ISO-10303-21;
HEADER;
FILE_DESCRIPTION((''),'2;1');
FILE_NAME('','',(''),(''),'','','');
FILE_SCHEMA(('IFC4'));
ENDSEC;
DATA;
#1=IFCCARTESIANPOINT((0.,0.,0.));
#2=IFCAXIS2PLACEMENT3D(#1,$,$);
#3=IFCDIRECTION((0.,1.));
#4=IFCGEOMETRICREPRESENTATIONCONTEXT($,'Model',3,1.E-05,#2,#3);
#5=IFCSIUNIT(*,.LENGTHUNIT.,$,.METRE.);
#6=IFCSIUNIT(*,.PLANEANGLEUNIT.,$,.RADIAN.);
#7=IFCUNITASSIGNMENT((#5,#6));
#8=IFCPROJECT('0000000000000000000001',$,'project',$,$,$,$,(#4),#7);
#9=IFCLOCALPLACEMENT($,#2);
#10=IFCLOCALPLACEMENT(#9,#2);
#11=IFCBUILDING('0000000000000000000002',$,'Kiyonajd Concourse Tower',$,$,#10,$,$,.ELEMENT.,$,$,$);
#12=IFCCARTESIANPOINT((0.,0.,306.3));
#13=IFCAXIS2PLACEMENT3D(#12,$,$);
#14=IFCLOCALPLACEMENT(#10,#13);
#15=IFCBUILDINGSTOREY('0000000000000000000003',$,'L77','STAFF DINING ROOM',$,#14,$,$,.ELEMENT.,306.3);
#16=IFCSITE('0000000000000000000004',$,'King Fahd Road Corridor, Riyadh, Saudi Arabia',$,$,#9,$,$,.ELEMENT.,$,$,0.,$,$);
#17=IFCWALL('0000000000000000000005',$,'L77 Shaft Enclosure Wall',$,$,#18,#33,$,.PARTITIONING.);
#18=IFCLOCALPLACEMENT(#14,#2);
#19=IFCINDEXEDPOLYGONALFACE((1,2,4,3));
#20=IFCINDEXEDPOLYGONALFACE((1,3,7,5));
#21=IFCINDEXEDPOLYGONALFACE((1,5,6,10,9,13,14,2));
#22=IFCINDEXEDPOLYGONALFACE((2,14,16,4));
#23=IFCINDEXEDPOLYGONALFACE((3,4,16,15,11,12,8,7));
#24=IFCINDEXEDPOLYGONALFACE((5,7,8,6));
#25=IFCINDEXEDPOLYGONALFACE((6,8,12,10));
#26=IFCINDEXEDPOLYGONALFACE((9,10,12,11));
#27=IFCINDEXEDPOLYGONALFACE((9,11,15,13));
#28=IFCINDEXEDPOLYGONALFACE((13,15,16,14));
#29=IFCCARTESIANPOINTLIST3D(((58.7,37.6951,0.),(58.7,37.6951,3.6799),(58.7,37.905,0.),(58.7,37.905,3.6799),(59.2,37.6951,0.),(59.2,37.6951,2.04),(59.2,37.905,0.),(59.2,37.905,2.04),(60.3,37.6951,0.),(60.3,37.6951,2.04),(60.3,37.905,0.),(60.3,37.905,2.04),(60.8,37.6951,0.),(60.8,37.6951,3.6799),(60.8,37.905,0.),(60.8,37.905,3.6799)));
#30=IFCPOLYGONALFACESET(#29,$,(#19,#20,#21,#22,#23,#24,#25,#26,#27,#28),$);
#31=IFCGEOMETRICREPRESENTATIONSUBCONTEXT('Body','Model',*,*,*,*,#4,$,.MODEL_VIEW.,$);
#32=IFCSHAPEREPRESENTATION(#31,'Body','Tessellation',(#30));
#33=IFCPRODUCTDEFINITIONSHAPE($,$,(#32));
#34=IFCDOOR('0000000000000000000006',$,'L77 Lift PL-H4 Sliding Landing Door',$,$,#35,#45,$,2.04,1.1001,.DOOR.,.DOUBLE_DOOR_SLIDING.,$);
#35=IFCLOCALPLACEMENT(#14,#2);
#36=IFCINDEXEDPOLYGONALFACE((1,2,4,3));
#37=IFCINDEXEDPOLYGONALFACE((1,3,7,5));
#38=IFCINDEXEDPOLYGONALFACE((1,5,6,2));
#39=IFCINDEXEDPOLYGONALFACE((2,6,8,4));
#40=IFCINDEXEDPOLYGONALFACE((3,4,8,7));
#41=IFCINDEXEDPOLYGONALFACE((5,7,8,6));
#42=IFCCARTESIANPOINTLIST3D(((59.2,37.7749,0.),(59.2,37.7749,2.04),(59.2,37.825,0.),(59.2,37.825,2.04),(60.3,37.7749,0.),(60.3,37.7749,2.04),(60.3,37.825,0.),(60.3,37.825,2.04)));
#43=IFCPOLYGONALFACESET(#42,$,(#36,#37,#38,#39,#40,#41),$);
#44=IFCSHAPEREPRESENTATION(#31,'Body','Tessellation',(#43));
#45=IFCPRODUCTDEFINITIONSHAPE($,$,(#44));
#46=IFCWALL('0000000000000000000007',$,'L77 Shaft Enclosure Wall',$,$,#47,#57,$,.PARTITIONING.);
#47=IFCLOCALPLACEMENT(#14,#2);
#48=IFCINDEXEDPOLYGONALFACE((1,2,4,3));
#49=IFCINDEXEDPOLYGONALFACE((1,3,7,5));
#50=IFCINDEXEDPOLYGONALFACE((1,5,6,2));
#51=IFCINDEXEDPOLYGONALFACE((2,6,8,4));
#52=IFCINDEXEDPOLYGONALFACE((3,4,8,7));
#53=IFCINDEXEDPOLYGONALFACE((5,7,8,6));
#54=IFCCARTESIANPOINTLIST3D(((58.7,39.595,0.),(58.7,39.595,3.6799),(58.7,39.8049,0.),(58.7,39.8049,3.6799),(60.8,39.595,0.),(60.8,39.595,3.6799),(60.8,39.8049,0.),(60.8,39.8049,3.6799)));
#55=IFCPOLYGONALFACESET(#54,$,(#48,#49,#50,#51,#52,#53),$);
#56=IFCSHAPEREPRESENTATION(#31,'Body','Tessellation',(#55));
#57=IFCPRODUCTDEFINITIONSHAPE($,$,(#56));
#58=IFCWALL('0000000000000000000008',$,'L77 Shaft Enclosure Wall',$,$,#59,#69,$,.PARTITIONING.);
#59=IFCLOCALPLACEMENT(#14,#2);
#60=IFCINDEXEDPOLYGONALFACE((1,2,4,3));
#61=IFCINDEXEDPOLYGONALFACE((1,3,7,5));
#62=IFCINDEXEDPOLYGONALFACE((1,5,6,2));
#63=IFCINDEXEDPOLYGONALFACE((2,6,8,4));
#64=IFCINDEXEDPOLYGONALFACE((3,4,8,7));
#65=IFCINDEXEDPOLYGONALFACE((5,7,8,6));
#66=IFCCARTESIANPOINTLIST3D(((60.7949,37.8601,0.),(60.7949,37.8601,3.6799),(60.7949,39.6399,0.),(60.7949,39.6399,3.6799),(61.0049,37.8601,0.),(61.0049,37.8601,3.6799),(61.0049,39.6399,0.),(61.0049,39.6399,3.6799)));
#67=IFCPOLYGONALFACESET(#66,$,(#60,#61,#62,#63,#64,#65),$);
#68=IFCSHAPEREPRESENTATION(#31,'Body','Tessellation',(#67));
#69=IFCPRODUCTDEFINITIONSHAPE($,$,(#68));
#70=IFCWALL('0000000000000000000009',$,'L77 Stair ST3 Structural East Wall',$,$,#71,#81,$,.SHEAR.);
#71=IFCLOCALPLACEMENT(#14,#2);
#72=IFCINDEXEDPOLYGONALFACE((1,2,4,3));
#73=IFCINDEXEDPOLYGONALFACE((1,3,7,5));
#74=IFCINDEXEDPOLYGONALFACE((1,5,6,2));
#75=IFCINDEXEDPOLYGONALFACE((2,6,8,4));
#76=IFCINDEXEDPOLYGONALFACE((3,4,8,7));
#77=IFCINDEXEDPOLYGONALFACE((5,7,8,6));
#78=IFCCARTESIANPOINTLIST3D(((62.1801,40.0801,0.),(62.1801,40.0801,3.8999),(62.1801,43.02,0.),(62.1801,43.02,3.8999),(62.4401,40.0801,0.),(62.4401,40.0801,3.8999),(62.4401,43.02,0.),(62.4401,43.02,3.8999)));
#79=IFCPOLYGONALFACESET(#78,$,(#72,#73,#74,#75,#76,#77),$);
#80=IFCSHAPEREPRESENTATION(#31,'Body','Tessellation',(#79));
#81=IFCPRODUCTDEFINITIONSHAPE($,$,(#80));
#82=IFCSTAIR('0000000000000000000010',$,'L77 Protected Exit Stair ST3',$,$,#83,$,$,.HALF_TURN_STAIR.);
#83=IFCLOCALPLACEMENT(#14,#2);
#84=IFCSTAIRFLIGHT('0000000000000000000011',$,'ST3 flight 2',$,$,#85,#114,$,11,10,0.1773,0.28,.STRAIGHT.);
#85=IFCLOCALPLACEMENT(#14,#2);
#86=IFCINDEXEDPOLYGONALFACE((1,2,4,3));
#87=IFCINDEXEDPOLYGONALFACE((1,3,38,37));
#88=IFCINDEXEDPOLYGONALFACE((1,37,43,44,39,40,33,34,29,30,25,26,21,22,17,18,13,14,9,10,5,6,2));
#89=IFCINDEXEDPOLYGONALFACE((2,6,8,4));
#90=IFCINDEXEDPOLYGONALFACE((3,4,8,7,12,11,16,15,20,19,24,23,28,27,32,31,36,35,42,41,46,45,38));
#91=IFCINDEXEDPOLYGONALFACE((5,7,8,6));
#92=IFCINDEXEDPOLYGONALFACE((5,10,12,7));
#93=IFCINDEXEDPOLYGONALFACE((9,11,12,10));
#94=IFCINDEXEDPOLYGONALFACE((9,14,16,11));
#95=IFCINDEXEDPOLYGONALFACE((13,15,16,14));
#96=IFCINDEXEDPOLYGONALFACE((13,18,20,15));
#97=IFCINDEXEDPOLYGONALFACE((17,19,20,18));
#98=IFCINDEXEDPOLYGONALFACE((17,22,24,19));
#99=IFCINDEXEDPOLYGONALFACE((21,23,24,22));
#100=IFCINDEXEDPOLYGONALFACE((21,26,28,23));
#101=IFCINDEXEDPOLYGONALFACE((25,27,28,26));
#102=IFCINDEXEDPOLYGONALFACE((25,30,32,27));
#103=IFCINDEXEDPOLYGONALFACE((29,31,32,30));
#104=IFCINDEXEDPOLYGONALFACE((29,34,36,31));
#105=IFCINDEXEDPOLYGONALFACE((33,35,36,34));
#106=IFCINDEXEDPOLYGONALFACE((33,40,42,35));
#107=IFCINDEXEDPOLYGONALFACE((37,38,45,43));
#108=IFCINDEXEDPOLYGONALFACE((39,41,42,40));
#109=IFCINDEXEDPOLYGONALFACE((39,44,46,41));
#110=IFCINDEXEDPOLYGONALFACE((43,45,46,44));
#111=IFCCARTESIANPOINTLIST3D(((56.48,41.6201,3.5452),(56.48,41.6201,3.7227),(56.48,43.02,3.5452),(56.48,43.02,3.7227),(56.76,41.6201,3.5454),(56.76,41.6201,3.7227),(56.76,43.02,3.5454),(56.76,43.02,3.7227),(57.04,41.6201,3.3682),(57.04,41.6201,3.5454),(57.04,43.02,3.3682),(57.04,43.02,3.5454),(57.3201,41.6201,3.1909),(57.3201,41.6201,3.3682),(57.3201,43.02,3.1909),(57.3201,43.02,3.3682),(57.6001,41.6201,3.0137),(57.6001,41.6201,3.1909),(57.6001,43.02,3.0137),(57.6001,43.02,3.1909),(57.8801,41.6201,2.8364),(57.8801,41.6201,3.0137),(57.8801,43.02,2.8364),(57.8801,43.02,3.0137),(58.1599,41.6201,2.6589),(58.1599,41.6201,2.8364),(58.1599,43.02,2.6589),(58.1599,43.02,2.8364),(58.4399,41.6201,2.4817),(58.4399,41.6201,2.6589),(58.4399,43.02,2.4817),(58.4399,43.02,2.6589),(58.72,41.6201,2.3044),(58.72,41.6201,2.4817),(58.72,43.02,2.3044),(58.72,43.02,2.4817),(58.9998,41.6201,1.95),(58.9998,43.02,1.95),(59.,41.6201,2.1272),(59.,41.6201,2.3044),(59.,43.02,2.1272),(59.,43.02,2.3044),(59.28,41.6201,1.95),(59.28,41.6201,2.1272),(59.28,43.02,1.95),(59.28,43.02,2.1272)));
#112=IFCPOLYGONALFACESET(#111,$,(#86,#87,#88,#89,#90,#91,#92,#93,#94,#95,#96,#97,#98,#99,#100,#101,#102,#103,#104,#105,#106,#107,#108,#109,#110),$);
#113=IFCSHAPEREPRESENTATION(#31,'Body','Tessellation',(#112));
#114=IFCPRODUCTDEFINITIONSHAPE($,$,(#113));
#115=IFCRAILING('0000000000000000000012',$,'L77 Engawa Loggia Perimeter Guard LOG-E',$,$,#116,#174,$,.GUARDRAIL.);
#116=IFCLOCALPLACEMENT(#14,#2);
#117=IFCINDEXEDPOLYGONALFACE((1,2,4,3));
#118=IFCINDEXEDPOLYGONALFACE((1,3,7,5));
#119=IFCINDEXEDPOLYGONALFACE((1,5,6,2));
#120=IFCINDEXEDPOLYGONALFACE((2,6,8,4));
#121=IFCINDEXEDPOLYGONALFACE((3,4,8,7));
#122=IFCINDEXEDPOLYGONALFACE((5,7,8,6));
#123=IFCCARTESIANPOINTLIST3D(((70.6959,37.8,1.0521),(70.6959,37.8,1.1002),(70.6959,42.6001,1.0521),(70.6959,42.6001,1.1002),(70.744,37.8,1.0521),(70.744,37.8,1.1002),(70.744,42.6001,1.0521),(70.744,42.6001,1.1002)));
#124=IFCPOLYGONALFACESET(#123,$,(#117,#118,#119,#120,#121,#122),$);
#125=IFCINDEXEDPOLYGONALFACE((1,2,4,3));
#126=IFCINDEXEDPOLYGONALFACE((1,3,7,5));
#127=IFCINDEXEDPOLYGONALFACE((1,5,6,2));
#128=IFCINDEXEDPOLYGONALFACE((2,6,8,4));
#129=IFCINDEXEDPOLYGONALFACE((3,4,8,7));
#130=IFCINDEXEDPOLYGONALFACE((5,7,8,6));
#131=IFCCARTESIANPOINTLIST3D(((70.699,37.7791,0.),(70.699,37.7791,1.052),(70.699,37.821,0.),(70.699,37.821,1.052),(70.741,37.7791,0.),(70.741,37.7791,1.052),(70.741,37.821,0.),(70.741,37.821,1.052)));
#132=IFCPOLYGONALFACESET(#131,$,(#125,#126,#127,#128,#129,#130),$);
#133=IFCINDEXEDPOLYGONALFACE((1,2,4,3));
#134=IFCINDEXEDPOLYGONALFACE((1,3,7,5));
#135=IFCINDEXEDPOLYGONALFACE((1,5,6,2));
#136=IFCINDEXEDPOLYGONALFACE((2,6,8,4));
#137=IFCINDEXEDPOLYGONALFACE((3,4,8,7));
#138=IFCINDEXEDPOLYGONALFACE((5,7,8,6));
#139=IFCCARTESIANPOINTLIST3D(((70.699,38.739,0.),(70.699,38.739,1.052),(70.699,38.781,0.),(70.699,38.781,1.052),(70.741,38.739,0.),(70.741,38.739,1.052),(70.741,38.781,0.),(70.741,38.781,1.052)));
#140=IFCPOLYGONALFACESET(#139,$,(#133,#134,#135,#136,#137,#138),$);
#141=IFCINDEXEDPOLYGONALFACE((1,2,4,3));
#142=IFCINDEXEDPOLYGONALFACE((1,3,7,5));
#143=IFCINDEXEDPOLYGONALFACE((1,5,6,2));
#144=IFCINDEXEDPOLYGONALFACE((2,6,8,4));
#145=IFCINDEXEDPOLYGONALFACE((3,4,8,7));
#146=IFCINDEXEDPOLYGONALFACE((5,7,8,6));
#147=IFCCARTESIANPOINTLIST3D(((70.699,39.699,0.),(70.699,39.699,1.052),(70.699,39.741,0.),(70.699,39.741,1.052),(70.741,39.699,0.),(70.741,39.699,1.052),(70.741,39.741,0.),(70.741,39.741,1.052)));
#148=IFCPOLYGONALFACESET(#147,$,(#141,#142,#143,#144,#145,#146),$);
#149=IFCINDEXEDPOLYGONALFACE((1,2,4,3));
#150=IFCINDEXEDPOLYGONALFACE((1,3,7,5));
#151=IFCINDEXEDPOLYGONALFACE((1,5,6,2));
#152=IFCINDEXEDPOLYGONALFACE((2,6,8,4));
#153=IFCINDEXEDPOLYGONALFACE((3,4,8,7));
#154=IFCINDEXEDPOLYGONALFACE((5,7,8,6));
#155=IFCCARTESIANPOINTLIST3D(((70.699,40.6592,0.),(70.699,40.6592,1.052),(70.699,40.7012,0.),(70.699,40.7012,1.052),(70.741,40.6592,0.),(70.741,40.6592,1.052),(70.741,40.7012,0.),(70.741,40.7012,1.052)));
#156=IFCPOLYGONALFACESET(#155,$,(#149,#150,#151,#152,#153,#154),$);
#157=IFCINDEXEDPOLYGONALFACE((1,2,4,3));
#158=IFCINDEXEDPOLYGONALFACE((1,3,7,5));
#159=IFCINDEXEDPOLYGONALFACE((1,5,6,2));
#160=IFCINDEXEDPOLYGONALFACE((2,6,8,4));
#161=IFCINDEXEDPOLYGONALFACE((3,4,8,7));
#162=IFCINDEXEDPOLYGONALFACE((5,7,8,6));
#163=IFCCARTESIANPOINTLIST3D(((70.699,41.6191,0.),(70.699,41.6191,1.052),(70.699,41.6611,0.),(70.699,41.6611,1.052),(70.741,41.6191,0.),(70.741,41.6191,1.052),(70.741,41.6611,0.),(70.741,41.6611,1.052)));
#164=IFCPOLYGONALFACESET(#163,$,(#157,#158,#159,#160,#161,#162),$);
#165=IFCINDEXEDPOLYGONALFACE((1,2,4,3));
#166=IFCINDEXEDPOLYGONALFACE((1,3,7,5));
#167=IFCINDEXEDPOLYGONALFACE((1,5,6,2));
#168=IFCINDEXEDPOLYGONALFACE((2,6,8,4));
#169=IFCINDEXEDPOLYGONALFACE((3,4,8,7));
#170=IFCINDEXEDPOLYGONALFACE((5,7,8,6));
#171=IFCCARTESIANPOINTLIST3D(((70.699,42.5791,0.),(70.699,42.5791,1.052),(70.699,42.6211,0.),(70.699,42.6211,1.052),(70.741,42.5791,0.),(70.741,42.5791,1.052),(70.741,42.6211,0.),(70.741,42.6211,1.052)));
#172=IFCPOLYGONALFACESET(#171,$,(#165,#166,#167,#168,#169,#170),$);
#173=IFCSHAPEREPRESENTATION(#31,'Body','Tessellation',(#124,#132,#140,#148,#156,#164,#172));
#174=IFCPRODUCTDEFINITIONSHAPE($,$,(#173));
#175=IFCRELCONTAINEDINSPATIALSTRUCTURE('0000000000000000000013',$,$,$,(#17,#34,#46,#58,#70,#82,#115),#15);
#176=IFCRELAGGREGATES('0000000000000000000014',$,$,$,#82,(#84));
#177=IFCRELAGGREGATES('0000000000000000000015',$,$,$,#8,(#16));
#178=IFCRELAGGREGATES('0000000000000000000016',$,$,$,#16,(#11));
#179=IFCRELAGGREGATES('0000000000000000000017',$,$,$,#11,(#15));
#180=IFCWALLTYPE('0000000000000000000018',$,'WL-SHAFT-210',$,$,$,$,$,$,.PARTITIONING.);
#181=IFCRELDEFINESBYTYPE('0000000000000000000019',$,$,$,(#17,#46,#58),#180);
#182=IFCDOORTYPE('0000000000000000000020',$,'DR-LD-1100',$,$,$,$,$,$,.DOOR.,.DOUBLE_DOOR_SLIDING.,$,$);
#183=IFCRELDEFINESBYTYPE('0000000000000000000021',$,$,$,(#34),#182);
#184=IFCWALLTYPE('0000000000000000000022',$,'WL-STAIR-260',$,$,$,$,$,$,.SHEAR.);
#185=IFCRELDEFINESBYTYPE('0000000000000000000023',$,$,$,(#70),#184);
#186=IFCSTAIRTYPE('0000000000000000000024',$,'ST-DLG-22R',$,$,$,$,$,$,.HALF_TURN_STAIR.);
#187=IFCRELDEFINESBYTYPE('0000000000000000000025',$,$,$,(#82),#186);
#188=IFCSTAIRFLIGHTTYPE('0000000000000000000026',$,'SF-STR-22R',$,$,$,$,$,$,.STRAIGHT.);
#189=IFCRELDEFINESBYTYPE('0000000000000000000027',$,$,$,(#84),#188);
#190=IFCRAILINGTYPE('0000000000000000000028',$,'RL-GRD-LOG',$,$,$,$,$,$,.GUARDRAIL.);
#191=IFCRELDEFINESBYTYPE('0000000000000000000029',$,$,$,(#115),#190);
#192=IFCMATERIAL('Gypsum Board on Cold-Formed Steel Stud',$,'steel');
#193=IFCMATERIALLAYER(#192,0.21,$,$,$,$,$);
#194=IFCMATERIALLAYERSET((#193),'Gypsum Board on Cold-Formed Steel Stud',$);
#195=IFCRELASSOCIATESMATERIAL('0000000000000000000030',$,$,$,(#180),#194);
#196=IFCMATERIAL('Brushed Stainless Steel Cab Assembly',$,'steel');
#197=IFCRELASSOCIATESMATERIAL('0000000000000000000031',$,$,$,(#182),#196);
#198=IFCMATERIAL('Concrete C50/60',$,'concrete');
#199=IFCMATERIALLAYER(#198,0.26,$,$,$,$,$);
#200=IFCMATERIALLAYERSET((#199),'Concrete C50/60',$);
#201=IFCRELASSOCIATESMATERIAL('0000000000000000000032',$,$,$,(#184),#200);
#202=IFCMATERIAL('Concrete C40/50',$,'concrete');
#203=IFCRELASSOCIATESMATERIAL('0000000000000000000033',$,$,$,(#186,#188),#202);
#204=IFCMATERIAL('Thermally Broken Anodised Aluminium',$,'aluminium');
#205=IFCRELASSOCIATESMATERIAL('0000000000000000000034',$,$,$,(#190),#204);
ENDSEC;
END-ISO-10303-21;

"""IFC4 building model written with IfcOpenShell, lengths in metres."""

from ifc_helpers import new_model, si_unit, direction, frame, frame_2d, origin, origin_2d, place, context, subcontext, project, spatial, polyline, rectangle, outline, extrude, material, layer, layer_set, type_object, element, fill, aggregate, save


model = new_model("IFC4")

# Units and contexts
model_context = context("Model", 3, precision=1e-05, world=origin(), true_north=direction((0.0, 1.0)))
body_context = subcontext(model_context, "Body", "Model", "MODEL_VIEW")
ifc_project = project(units=[si_unit("LENGTHUNIT", "METRE"), si_unit("PLANEANGLEUNIT", "RADIAN")], contexts=[model_context])

# Site, building, storey
site_placement = place(None, origin())
site = spatial("IfcSite", under=ifc_project, at=site_placement, Name="King Fahd Road Corridor, Riyadh, Saudi Arabia", CompositionType="ELEMENT", RefElevation=0.0)
building_placement = place(site_placement, origin())
building = spatial("IfcBuilding", under=site, at=building_placement, Name="Kiyonajd Concourse Tower", CompositionType="ELEMENT")
storey_placement = place(building_placement, frame((0.0, 0.0, 306.3)))
storey = spatial("IfcBuildingStorey", under=building, at=storey_placement, Name="L77", Description="STAFF DINING ROOM", CompositionType="ELEMENT", Elevation=306.3)

# Shared definitions
ifc_material_1 = material(Name="Thermally Broken Anodised Aluminium", Category="aluminium")

# Shared definitions
ifc_material_2 = material(Name="Gypsum Board on Cold-Formed Steel Stud", Category="steel")
ifc_layer_1 = layer(ifc_material_2, 0.21)
ifc_layer_set_1 = layer_set([ifc_layer_1], Name="Gypsum Board on Cold-Formed Steel Stud")
wall_type_1 = type_object("IfcWallType", Name="WL-SHAFT-210", PredefinedType="PARTITIONING", material=ifc_layer_set_1)

# Wall, opening, door
wall_1_placement = place(storey_placement, frame((58.7, 37.8, 0.0), z_axis=(0.0, 0.0, 1.0), x_axis=(1.0, 0.0, 0.0)))
wall_1 = element("IfcWall", 1, at=wall_1_placement, inside=storey, type_object=wall_type_1, Name="L77 Shaft Enclosure Wall", PredefinedType="PARTITIONING", context=body_context, shape_type="SweptSolid", body=[
    extrude(rectangle(XDim=2.1001, YDim=0.21, at=frame_2d((1.05, 0.0))), origin(), (0.0, 0.0, 1.0), 3.6799),
])
opening_1_placement = place(wall_1_placement, frame((0.5, 0.0, 0.0)))
opening_1 = element("IfcOpeningElement", 2, at=opening_1_placement, cuts=wall_1, PredefinedType="OPENING", context=body_context, shape_type="SweptSolid", body=[
    extrude(rectangle(XDim=1.1001, YDim=2.04, at=frame_2d((0.55, 1.02))), frame((0.0, 0.115, 0.0), z_axis=(0.0, -1.0, 0.0), x_axis=(1.0, 0.0, 0.0)), (0.0, 0.0, 1.0), 0.23),
])
ifc_material_3 = material(Name="Brushed Stainless Steel Cab Assembly", Category="steel")
door_type_1 = type_object("IfcDoorType", Name="DR-LD-1100", OperationType="DOUBLE_DOOR_SLIDING", PredefinedType="DOOR", material=ifc_material_3)
door_1_placement = place(opening_1_placement, origin())
door_1 = element("IfcDoor", 3, at=door_1_placement, inside=storey, type_object=door_type_1, Name="L77 Lift PL-H4 Sliding Landing Door", OperationType="DOUBLE_DOOR_SLIDING", OverallHeight=2.04, OverallWidth=1.1001, PredefinedType="DOOR", context=body_context, shape_type="SweptSolid", body=[
    extrude(rectangle(XDim=1.1001, YDim=2.04, at=frame_2d((0.55, 1.02))), frame((0.0, 0.0249, 0.0), z_axis=(0.0, -1.0, 0.0), x_axis=(1.0, 0.0, 0.0)), (0.0, 0.0, 1.0), 0.05),
])
fill(opening_1, door_1)

# Walls
wall_2_placement = place(storey_placement, frame((58.7, 39.7, 0.0), z_axis=(0.0, 0.0, 1.0), x_axis=(1.0, 0.0, 0.0)))
element("IfcWall", 4, at=wall_2_placement, inside=storey, type_object=wall_type_1, Name="L77 Shaft Enclosure Wall", PredefinedType="PARTITIONING", context=body_context, shape_type="SweptSolid", body=[
    extrude(rectangle(XDim=2.1001, YDim=0.21, at=frame_2d((1.05, 0.0))), origin(), (0.0, 0.0, 1.0), 3.6799),
])
wall_3_placement = place(storey_placement, frame((60.8999, 37.8601, 0.0), z_axis=(0.0, 0.0, 1.0), x_axis=(0.0, 1.0, 0.0)))
element("IfcWall", 5, at=wall_3_placement, inside=storey, type_object=wall_type_1, Name="L77 Shaft Enclosure Wall", PredefinedType="PARTITIONING", context=body_context, shape_type="SweptSolid", body=[
    extrude(rectangle(XDim=1.7798, YDim=0.21, at=frame_2d((0.8899, 0.0))), origin(), (0.0, 0.0, 1.0), 3.6799),
])
ifc_material_4 = material(Name="Concrete C50/60", Category="concrete")
ifc_layer_2 = layer(ifc_material_4, 0.26)
ifc_layer_set_2 = layer_set([ifc_layer_2], Name="Concrete C50/60")
wall_type_2 = type_object("IfcWallType", Name="WL-STAIR-260", PredefinedType="SHEAR", material=ifc_layer_set_2)
wall_4_placement = place(storey_placement, frame((62.3101, 40.0801, 0.0), z_axis=(0.0, 0.0, 1.0), x_axis=(0.0, 1.0, 0.0)))
element("IfcWall", 6, at=wall_4_placement, inside=storey, type_object=wall_type_2, Name="L77 Stair ST3 Structural East Wall", PredefinedType="SHEAR", context=body_context, shape_type="SweptSolid", body=[
    extrude(rectangle(XDim=2.9399, YDim=0.26, at=frame_2d((1.47, 0.0))), origin(), (0.0, 0.0, 1.0), 3.8999),
])

# Stair, stair flight
ifc_material_5 = material(Name="Concrete C40/50", Category="concrete")
stair_type = type_object("IfcStairType", Name="ST-DLG-22R", PredefinedType="HALF_TURN_STAIR", material=ifc_material_5)
stair_placement = place(storey_placement, origin())
stair = element("IfcStair", 7, at=stair_placement, inside=storey, type_object=stair_type, Name="L77 Protected Exit Stair ST3", PredefinedType="HALF_TURN_STAIR")
stair_flight_type = type_object("IfcStairFlightType", Name="SF-STR-22R", PredefinedType="STRAIGHT", material=ifc_material_5)
stair_flight_placement = place(storey_placement, frame((59.28, 42.3201, 1.95), z_axis=(0.0, 0.0, 1.0), x_axis=(-1.0, 0.0, 0.0)))
stair_flight = element("IfcStairFlight", 8, at=stair_flight_placement, type_object=stair_flight_type, Name="ST3 flight 2", NumberOfRisers=11, NumberOfTreads=10, PredefinedType="STRAIGHT", RiserHeight=0.1773, TreadLength=0.28, context=body_context, shape_type="SweptSolid", body=[
    extrude(outline(polyline([(0.0, 0.0), (0.0, 0.1772), (0.28, 0.1772), (0.28, 0.3545), (0.5601, 0.3545), (0.5601, 0.5317), (0.8401, 0.5317), (0.8401, 0.709), (1.1201, 0.709), (1.1201, 0.8865), (1.3999, 0.8865), (1.3999, 1.0637), (1.6799, 1.0637), (1.6799, 1.241), (1.96, 1.241), (1.96, 1.4182), (2.24, 1.4182), (2.24, 1.5955), (2.52, 1.5955), (2.52, 1.7727), (2.8, 1.7727), (2.8, 1.95), (2.8, 1.5952), (0.2803, 0.0), (0.0, 0.0)])), frame((0.0, 0.7, 0.0), z_axis=(0.0, -1.0, 0.0), x_axis=(1.0, 0.0, 0.0)), (0.0, 0.0, 1.0), 1.3999),
])
aggregate(stair, [stair_flight])

# Railing
railing_type_1 = type_object("IfcRailingType", Name="RL-GRD-LOG", PredefinedType="GUARDRAIL", material=ifc_material_1)
railing_1_placement = place(storey_placement, frame((70.72, 37.8, 0.0)))
element("IfcRailing", 9, at=railing_1_placement, inside=storey, type_object=railing_type_1, Name="L77 Engawa Loggia Perimeter Guard LOG-E", PredefinedType="GUARDRAIL", context=body_context, shape_type="SweptSolid", body=[
    extrude(rectangle(XDim=0.0481, YDim=0.0481, at=origin_2d()), frame((0.0, 0.0, 1.0762), z_axis=(0.0, 1.0, 0.0), x_axis=(-1.0, 0.0, 0.0)), (0.0, 0.0, 1.0), 4.8),
    extrude(rectangle(XDim=0.042, YDim=0.042, at=origin_2d()), origin(), (0.0, 0.0, 1.0), 1.052),
    extrude(rectangle(XDim=0.042, YDim=0.042, at=origin_2d()), frame((0.0, 0.96, 0.0)), (0.0, 0.0, 1.0), 1.052),
    extrude(rectangle(XDim=0.042, YDim=0.042, at=origin_2d()), frame((0.0, 1.9199, 0.0)), (0.0, 0.0, 1.0), 1.052),
    extrude(rectangle(XDim=0.042, YDim=0.042, at=origin_2d()), frame((0.0, 2.8801, 0.0)), (0.0, 0.0, 1.0), 1.052),
    extrude(rectangle(XDim=0.042, YDim=0.042, at=origin_2d()), frame((0.0, 3.8401, 0.0)), (0.0, 0.0, 1.0), 1.052),
    extrude(rectangle(XDim=0.042, YDim=0.042, at=origin_2d()), frame((0.0, 4.8, 0.0)), (0.0, 0.0, 1.0), 1.052),
])

save(model, "model.ifc")
